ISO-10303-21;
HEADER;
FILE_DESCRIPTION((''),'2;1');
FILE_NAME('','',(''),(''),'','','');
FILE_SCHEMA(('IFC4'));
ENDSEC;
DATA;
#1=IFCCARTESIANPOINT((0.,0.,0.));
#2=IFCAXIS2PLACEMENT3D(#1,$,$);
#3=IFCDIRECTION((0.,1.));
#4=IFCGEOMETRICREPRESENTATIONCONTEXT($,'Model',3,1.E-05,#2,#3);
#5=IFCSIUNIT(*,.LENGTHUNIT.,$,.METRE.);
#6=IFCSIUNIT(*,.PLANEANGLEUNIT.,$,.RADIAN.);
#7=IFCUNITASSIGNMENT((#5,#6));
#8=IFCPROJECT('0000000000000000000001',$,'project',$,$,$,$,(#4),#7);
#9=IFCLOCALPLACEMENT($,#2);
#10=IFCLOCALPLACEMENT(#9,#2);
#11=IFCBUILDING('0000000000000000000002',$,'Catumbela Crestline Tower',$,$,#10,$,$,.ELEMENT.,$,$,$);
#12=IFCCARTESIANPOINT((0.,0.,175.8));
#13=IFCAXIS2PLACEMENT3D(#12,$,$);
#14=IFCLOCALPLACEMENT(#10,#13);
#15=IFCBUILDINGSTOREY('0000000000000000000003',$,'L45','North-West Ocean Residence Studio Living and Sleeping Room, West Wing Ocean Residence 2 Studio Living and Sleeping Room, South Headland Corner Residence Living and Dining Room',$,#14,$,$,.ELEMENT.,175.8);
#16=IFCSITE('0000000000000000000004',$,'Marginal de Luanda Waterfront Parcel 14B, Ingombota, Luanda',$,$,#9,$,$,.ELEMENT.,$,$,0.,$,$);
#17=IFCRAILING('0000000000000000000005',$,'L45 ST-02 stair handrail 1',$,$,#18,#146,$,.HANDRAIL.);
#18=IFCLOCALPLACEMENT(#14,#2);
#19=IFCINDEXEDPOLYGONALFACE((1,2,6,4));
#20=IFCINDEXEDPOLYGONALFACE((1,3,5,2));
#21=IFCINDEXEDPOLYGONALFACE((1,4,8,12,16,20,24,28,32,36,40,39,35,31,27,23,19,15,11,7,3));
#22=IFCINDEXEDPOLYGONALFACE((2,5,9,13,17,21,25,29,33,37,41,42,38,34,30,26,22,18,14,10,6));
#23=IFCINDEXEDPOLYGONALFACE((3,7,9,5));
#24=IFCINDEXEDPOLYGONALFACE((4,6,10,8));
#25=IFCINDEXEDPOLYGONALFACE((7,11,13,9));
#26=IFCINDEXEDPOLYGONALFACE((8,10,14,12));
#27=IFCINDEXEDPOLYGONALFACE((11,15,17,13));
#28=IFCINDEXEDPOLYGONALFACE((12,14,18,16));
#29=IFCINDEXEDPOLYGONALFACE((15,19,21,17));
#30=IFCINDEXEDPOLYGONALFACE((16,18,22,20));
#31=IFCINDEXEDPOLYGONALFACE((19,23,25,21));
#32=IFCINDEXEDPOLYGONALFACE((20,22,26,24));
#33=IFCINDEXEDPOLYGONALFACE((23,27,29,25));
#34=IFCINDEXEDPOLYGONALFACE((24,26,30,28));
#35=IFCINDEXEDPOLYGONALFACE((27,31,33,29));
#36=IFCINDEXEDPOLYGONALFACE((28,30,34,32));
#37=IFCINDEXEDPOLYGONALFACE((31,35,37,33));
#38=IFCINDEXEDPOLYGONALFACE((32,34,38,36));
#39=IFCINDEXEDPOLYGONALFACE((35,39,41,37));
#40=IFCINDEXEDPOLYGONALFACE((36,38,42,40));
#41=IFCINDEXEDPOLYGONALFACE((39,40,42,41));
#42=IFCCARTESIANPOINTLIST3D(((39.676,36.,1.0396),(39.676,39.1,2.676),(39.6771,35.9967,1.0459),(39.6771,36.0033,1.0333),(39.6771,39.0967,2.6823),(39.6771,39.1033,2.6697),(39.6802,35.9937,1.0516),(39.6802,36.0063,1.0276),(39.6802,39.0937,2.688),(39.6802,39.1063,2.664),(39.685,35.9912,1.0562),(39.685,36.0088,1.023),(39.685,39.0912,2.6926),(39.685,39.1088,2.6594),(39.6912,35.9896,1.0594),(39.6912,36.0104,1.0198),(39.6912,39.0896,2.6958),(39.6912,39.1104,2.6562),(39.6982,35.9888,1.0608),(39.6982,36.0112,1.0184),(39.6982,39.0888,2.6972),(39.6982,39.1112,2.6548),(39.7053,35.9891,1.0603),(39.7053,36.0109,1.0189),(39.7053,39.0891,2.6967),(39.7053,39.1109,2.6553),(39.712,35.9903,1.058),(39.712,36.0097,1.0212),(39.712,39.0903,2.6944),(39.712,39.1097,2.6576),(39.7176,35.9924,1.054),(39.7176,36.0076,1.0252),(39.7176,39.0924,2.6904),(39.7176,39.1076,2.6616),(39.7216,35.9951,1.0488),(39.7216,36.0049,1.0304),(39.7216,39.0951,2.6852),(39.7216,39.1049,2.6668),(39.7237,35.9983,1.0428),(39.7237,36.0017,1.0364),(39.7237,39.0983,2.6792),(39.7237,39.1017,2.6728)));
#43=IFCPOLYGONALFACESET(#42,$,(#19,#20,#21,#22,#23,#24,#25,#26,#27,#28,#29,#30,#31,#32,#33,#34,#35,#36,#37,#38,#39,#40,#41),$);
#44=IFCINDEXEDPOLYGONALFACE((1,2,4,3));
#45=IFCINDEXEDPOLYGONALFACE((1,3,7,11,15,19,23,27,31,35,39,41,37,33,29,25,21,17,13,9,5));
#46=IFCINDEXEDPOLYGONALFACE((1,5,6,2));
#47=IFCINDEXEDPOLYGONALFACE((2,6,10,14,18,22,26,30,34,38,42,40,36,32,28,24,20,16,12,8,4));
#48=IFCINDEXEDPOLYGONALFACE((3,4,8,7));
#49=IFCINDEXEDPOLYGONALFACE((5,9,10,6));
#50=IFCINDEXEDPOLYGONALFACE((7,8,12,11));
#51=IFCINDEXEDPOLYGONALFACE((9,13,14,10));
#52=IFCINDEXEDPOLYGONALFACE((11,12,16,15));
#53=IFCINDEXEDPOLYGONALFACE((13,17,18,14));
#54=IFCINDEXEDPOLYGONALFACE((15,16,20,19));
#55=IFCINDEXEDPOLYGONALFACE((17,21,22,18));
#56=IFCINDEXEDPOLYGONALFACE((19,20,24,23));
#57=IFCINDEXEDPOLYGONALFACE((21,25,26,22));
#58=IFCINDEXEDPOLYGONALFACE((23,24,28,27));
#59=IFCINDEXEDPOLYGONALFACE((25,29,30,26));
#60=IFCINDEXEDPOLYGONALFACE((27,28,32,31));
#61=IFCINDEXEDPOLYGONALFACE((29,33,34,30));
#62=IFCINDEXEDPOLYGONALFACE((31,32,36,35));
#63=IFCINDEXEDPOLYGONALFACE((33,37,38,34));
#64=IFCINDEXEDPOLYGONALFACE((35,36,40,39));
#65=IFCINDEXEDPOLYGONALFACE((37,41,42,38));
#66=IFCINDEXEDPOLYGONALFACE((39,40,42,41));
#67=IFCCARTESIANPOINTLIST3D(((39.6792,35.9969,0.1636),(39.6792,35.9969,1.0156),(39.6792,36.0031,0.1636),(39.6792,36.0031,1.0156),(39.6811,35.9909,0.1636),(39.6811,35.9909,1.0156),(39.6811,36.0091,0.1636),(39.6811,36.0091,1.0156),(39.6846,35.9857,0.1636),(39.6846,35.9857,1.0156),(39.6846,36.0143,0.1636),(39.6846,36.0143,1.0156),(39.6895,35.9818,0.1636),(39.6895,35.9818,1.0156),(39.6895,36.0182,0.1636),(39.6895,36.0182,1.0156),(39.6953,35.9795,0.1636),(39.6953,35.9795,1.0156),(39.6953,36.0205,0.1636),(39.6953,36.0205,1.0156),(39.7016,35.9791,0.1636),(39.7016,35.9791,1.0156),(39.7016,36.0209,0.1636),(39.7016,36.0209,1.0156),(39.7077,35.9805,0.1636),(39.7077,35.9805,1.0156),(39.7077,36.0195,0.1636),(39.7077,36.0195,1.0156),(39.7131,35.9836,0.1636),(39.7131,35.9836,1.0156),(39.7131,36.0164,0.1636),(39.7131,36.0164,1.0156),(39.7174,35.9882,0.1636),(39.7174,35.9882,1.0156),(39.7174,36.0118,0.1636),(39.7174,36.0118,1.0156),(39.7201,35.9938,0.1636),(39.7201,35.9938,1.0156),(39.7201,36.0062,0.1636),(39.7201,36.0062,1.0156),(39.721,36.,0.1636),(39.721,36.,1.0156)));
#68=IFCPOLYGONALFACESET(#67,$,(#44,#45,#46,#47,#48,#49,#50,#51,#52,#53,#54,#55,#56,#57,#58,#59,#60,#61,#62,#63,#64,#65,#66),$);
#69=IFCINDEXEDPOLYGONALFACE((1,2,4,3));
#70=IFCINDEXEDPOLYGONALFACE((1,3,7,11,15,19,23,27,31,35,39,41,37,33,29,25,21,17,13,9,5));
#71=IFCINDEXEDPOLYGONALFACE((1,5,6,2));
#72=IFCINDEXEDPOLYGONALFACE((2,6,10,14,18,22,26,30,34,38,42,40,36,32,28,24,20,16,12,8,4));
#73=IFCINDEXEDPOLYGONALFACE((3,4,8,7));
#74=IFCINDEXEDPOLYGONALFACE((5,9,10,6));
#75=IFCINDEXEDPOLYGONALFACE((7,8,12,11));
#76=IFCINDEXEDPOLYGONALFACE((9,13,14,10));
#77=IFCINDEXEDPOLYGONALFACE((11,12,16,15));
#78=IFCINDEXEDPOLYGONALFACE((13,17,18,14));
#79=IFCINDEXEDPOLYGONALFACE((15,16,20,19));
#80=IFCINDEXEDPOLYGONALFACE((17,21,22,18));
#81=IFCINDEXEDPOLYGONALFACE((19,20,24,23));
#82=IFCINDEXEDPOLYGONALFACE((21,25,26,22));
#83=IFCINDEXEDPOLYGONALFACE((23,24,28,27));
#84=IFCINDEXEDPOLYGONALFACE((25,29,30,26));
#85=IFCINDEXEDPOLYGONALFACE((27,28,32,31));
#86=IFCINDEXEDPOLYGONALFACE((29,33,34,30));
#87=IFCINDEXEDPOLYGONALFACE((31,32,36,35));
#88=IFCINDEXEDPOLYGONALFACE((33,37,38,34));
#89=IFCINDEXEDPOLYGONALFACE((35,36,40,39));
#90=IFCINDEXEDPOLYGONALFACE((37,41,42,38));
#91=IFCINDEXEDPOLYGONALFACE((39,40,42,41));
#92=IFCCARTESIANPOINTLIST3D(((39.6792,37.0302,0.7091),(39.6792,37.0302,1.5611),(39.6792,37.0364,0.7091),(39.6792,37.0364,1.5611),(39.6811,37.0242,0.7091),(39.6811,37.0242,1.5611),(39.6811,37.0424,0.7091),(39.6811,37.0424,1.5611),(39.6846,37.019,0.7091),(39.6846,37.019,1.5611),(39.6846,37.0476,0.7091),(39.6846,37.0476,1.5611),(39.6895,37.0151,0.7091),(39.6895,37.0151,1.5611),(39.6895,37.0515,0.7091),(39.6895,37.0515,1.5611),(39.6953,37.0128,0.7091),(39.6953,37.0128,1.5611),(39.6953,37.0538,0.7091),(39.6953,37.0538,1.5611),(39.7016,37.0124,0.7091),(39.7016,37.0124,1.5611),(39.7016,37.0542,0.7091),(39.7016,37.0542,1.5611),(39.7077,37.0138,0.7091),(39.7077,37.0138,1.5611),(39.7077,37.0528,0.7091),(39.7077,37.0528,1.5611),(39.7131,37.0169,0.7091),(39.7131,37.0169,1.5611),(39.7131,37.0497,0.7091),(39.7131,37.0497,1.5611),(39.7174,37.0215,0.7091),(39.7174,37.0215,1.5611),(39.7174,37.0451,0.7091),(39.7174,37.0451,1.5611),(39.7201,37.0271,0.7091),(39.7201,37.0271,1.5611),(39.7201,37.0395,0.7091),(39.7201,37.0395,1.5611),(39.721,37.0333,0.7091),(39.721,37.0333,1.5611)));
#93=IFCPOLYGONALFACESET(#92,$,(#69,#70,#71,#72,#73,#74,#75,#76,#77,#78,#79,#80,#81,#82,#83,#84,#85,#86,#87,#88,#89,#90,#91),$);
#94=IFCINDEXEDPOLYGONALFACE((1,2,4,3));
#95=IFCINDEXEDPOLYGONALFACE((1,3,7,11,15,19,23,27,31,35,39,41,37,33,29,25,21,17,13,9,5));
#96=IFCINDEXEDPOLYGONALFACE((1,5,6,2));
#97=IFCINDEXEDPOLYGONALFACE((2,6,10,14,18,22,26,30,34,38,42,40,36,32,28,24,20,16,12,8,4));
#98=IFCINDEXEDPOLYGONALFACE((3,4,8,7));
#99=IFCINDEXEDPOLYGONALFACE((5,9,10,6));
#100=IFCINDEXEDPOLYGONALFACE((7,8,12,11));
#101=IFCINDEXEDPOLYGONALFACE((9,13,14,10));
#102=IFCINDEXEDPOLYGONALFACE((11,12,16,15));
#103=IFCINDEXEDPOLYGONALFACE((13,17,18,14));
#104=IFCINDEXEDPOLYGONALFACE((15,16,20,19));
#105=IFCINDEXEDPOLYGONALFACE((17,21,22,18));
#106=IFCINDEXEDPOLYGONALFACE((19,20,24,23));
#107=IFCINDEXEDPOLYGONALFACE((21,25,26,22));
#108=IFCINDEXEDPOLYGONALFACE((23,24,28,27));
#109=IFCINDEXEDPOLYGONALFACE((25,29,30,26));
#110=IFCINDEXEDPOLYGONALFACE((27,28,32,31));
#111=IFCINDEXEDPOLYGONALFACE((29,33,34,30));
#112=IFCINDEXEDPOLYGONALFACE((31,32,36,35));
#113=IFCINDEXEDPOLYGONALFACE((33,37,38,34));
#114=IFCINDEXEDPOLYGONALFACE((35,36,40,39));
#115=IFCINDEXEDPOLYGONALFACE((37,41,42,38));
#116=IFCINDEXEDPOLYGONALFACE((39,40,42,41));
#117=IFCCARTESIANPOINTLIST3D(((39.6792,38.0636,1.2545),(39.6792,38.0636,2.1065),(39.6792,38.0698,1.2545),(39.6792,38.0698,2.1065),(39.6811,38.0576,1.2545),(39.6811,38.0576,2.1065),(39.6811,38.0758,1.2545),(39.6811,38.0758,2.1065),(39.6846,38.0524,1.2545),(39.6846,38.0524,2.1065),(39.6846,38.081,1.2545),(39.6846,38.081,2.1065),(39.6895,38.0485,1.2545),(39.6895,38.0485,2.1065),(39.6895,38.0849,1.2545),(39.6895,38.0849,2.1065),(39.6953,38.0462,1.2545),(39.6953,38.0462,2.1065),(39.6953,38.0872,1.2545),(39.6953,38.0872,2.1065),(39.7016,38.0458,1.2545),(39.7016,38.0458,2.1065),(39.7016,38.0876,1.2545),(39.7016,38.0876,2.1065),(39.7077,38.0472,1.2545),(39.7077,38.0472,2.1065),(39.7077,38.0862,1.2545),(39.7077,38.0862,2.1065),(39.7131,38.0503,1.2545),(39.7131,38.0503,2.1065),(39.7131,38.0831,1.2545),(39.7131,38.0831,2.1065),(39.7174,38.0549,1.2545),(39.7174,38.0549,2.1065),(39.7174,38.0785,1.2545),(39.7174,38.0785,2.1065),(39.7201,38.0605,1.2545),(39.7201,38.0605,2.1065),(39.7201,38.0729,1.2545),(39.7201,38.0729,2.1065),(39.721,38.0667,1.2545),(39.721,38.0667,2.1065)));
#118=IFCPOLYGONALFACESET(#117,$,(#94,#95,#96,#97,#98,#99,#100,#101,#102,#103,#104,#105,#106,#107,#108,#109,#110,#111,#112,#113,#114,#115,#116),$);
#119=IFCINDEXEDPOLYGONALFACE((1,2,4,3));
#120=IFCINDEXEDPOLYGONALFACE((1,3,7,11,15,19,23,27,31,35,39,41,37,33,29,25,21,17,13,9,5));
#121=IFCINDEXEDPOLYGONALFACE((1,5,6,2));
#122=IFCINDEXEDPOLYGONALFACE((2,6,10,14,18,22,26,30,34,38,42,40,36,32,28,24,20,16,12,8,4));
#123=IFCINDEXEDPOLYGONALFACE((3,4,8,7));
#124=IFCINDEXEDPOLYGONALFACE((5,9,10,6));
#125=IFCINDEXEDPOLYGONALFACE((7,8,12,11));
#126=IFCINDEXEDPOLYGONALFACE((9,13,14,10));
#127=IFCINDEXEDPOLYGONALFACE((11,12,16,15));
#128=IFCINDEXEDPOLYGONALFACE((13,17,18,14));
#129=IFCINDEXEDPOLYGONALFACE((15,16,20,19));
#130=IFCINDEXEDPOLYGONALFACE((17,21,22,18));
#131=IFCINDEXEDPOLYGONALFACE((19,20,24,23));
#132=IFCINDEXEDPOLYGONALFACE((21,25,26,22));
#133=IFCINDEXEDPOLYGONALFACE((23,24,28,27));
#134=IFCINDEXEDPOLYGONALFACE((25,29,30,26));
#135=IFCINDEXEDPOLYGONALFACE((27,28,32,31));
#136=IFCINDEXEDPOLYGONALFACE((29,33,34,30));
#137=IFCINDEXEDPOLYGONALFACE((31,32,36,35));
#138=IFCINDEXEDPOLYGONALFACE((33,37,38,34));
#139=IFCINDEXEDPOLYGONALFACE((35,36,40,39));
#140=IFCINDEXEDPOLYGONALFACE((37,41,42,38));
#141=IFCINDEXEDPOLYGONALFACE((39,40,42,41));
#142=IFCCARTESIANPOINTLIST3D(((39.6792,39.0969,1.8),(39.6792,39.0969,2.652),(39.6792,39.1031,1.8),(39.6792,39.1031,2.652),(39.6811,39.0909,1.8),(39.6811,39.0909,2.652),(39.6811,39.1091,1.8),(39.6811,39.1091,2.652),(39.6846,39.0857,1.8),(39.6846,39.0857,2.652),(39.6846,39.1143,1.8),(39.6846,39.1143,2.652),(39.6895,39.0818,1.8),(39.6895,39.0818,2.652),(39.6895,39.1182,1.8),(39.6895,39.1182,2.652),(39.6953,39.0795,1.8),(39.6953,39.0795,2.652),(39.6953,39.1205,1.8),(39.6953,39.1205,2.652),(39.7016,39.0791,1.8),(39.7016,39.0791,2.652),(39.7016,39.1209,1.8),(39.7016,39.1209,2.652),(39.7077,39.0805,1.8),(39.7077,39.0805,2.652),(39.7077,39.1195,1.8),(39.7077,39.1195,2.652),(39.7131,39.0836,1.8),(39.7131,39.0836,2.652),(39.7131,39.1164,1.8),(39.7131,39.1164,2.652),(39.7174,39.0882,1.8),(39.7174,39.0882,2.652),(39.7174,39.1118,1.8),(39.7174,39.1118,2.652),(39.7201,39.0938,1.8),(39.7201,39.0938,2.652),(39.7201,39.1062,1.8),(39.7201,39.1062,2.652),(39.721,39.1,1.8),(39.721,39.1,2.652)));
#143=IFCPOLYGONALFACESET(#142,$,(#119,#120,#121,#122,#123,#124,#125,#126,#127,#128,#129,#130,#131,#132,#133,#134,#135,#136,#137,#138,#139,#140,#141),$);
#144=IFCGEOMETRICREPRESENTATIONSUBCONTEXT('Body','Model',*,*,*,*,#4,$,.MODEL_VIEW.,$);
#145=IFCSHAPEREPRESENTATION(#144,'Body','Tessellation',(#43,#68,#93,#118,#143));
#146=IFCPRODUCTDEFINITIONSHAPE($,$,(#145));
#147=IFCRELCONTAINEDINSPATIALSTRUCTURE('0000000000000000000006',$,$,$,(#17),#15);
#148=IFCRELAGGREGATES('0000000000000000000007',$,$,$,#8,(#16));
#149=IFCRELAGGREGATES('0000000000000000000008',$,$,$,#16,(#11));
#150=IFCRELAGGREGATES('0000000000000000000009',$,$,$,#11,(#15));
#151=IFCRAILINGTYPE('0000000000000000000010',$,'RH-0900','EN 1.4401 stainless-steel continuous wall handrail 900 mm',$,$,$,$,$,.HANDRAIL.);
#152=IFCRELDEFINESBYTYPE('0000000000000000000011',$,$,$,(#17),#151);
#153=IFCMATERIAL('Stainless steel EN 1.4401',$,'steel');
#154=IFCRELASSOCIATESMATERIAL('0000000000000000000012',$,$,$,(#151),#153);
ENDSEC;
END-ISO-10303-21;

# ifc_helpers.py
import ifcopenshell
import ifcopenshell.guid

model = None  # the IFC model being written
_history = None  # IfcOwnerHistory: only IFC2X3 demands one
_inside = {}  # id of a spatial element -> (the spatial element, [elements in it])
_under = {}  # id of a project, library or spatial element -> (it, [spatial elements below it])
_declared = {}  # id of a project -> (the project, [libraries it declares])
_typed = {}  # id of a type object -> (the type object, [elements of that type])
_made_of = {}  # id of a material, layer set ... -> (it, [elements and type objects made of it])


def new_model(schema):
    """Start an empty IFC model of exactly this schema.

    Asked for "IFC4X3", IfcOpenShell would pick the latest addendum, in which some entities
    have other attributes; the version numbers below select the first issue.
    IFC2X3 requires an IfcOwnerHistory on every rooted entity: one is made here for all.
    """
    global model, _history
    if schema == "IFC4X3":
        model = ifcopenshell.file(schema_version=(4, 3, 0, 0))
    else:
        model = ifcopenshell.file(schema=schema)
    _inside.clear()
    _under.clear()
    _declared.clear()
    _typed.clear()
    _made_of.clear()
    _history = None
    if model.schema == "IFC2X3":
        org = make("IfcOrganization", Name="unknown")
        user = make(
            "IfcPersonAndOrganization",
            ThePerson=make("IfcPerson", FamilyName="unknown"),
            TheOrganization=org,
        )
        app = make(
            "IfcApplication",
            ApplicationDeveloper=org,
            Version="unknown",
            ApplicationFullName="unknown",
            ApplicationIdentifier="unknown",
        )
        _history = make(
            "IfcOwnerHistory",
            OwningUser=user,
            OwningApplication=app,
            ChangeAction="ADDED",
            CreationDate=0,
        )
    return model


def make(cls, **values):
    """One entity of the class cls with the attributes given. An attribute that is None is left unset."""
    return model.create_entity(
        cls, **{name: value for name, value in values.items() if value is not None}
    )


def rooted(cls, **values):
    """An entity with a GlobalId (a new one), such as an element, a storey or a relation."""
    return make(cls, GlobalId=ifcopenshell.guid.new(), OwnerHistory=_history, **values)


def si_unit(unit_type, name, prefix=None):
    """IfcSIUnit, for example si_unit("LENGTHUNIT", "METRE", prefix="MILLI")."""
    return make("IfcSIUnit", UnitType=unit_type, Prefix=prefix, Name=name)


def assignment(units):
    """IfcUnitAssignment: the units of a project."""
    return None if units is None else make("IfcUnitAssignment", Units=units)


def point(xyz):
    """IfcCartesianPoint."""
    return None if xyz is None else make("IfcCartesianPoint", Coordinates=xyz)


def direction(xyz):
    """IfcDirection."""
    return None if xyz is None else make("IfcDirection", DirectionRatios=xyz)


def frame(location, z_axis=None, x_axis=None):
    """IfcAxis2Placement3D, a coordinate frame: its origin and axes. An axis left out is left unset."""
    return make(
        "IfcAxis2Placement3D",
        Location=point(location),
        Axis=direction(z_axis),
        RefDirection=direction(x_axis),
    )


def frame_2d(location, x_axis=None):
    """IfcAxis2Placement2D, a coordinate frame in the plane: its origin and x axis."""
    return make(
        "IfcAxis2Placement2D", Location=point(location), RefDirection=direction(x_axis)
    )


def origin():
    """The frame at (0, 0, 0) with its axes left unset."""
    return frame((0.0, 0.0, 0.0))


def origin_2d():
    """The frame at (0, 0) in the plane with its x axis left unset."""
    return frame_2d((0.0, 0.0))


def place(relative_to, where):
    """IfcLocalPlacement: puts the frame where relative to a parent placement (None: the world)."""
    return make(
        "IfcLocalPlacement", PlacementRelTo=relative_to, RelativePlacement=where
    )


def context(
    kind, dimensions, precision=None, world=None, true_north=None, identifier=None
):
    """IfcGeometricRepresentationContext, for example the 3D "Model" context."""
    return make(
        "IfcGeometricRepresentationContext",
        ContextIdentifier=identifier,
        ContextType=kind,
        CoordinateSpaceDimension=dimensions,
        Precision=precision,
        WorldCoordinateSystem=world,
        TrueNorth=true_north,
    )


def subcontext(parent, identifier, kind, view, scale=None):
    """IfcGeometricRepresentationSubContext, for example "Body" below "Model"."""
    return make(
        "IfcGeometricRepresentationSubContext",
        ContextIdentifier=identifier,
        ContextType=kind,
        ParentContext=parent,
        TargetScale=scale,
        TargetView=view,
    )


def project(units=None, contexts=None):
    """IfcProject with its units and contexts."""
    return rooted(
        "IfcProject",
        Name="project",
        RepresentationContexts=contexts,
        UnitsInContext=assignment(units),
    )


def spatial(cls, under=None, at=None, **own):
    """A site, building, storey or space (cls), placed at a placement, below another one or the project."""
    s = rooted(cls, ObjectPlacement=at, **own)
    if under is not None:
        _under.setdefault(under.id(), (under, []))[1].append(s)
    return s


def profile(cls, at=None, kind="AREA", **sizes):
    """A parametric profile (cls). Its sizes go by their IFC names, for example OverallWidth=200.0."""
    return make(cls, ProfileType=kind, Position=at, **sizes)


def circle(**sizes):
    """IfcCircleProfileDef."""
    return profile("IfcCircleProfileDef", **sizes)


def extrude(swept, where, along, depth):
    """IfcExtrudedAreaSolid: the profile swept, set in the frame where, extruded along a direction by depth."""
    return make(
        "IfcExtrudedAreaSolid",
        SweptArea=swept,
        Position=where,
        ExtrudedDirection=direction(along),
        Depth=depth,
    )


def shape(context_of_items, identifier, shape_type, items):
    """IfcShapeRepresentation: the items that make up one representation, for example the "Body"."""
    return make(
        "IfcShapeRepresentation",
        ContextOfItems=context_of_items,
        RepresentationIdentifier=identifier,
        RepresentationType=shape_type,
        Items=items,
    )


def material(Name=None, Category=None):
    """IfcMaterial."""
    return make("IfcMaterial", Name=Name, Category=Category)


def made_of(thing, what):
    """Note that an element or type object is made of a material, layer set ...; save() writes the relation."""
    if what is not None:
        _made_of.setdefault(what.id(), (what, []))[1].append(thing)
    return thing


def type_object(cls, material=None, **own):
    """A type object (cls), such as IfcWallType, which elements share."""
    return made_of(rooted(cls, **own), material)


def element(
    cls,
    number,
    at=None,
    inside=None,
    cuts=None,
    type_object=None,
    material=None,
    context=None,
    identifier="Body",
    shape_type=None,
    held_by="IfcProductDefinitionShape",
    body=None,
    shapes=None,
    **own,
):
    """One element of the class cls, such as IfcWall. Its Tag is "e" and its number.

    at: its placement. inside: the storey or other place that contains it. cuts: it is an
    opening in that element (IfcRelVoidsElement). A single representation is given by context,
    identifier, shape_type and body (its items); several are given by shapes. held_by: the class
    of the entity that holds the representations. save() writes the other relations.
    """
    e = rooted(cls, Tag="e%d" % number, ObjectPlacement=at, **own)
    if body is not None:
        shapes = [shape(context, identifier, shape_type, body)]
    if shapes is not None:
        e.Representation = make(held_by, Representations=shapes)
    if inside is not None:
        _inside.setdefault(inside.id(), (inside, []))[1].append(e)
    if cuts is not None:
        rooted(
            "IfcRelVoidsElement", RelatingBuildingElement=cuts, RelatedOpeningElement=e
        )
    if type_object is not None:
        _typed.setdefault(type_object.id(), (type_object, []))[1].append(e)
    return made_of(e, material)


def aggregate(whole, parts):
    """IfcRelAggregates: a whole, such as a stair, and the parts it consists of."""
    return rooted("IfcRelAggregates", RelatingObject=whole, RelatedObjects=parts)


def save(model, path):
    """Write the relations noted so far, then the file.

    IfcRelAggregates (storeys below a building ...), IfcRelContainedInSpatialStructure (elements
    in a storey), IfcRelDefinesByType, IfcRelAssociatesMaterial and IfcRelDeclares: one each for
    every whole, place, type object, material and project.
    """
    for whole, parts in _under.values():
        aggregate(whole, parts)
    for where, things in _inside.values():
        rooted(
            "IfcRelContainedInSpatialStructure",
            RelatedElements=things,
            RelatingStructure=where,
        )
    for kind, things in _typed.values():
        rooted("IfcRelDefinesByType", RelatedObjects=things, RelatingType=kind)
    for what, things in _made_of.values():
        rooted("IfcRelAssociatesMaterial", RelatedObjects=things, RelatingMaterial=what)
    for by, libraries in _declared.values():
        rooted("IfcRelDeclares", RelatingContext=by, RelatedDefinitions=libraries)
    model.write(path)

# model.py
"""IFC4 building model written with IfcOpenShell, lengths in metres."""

from ifc_helpers import new_model, si_unit, direction, frame, origin, origin_2d, place, context, subcontext, project, spatial, circle, extrude, material, type_object, element, save


model = new_model("IFC4")

# Units and contexts
model_context = context("Model", 3, precision=1e-05, world=origin(), true_north=direction((0.0, 1.0)))
body_context = subcontext(model_context, "Body", "Model", "MODEL_VIEW")
ifc_project = project(units=[si_unit("LENGTHUNIT", "METRE"), si_unit("PLANEANGLEUNIT", "RADIAN")], contexts=[model_context])

# Site, building, storey
site_placement = place(None, origin())
site = spatial("IfcSite", under=ifc_project, at=site_placement, Name="Marginal de Luanda Waterfront Parcel 14B, Ingombota, Luanda", CompositionType="ELEMENT", RefElevation=0.0)
building_placement = place(site_placement, origin())
building = spatial("IfcBuilding", under=site, at=building_placement, Name="Catumbela Crestline Tower", CompositionType="ELEMENT")
storey_placement = place(building_placement, frame((0.0, 0.0, 175.8)))
storey = spatial("IfcBuildingStorey", under=building, at=storey_placement, Name="L45", Description="North-West Ocean Residence Studio Living and Sleeping Room, West Wing Ocean Residence 2 Studio Living and Sleeping Room, South Headland Corner Residence Living and Dining Room", CompositionType="ELEMENT", Elevation=175.8)

# Shared definitions
ifc_material_1 = material(Name="Stainless steel EN 1.4401", Category="steel")

# Railing
railing_type_1 = type_object("IfcRailingType", Name="RH-0900", Description="EN 1.4401 stainless-steel continuous wall handrail 900 mm", PredefinedType="HANDRAIL", material=ifc_material_1)
railing_1_placement = place(storey_placement, frame((39.7, 36.0, 0.1636)))
element("IfcRailing", 1, at=railing_1_placement, inside=storey, type_object=railing_type_1, Name="L45 ST-02 stair handrail 1", PredefinedType="HANDRAIL", context=body_context, shape_type="SweptSolid", body=[
    extrude(circle(Radius=0.024, at=origin_2d()), frame((0.0, 0.0, 0.876), z_axis=(0.0, 0.884351, 0.466823), x_axis=(-1.0, 0.0, 0.0)), (0.0, 0.0, 1.0), 3.5054),
    extrude(circle(Radius=0.021, at=origin_2d()), origin(), (0.0, 0.0, 1.0), 0.852),
    extrude(circle(Radius=0.021, at=origin_2d()), frame((0.0, 1.0333, 0.5455)), (0.0, 0.0, 1.0), 0.852),
    extrude(circle(Radius=0.021, at=origin_2d()), frame((0.0, 2.0667, 1.0909)), (0.0, 0.0, 1.0), 0.852),
    extrude(circle(Radius=0.021, at=origin_2d()), frame((0.0, 3.1, 1.6364)), (0.0, 0.0, 1.0), 0.852),
])

save(model, "model.ifc")
